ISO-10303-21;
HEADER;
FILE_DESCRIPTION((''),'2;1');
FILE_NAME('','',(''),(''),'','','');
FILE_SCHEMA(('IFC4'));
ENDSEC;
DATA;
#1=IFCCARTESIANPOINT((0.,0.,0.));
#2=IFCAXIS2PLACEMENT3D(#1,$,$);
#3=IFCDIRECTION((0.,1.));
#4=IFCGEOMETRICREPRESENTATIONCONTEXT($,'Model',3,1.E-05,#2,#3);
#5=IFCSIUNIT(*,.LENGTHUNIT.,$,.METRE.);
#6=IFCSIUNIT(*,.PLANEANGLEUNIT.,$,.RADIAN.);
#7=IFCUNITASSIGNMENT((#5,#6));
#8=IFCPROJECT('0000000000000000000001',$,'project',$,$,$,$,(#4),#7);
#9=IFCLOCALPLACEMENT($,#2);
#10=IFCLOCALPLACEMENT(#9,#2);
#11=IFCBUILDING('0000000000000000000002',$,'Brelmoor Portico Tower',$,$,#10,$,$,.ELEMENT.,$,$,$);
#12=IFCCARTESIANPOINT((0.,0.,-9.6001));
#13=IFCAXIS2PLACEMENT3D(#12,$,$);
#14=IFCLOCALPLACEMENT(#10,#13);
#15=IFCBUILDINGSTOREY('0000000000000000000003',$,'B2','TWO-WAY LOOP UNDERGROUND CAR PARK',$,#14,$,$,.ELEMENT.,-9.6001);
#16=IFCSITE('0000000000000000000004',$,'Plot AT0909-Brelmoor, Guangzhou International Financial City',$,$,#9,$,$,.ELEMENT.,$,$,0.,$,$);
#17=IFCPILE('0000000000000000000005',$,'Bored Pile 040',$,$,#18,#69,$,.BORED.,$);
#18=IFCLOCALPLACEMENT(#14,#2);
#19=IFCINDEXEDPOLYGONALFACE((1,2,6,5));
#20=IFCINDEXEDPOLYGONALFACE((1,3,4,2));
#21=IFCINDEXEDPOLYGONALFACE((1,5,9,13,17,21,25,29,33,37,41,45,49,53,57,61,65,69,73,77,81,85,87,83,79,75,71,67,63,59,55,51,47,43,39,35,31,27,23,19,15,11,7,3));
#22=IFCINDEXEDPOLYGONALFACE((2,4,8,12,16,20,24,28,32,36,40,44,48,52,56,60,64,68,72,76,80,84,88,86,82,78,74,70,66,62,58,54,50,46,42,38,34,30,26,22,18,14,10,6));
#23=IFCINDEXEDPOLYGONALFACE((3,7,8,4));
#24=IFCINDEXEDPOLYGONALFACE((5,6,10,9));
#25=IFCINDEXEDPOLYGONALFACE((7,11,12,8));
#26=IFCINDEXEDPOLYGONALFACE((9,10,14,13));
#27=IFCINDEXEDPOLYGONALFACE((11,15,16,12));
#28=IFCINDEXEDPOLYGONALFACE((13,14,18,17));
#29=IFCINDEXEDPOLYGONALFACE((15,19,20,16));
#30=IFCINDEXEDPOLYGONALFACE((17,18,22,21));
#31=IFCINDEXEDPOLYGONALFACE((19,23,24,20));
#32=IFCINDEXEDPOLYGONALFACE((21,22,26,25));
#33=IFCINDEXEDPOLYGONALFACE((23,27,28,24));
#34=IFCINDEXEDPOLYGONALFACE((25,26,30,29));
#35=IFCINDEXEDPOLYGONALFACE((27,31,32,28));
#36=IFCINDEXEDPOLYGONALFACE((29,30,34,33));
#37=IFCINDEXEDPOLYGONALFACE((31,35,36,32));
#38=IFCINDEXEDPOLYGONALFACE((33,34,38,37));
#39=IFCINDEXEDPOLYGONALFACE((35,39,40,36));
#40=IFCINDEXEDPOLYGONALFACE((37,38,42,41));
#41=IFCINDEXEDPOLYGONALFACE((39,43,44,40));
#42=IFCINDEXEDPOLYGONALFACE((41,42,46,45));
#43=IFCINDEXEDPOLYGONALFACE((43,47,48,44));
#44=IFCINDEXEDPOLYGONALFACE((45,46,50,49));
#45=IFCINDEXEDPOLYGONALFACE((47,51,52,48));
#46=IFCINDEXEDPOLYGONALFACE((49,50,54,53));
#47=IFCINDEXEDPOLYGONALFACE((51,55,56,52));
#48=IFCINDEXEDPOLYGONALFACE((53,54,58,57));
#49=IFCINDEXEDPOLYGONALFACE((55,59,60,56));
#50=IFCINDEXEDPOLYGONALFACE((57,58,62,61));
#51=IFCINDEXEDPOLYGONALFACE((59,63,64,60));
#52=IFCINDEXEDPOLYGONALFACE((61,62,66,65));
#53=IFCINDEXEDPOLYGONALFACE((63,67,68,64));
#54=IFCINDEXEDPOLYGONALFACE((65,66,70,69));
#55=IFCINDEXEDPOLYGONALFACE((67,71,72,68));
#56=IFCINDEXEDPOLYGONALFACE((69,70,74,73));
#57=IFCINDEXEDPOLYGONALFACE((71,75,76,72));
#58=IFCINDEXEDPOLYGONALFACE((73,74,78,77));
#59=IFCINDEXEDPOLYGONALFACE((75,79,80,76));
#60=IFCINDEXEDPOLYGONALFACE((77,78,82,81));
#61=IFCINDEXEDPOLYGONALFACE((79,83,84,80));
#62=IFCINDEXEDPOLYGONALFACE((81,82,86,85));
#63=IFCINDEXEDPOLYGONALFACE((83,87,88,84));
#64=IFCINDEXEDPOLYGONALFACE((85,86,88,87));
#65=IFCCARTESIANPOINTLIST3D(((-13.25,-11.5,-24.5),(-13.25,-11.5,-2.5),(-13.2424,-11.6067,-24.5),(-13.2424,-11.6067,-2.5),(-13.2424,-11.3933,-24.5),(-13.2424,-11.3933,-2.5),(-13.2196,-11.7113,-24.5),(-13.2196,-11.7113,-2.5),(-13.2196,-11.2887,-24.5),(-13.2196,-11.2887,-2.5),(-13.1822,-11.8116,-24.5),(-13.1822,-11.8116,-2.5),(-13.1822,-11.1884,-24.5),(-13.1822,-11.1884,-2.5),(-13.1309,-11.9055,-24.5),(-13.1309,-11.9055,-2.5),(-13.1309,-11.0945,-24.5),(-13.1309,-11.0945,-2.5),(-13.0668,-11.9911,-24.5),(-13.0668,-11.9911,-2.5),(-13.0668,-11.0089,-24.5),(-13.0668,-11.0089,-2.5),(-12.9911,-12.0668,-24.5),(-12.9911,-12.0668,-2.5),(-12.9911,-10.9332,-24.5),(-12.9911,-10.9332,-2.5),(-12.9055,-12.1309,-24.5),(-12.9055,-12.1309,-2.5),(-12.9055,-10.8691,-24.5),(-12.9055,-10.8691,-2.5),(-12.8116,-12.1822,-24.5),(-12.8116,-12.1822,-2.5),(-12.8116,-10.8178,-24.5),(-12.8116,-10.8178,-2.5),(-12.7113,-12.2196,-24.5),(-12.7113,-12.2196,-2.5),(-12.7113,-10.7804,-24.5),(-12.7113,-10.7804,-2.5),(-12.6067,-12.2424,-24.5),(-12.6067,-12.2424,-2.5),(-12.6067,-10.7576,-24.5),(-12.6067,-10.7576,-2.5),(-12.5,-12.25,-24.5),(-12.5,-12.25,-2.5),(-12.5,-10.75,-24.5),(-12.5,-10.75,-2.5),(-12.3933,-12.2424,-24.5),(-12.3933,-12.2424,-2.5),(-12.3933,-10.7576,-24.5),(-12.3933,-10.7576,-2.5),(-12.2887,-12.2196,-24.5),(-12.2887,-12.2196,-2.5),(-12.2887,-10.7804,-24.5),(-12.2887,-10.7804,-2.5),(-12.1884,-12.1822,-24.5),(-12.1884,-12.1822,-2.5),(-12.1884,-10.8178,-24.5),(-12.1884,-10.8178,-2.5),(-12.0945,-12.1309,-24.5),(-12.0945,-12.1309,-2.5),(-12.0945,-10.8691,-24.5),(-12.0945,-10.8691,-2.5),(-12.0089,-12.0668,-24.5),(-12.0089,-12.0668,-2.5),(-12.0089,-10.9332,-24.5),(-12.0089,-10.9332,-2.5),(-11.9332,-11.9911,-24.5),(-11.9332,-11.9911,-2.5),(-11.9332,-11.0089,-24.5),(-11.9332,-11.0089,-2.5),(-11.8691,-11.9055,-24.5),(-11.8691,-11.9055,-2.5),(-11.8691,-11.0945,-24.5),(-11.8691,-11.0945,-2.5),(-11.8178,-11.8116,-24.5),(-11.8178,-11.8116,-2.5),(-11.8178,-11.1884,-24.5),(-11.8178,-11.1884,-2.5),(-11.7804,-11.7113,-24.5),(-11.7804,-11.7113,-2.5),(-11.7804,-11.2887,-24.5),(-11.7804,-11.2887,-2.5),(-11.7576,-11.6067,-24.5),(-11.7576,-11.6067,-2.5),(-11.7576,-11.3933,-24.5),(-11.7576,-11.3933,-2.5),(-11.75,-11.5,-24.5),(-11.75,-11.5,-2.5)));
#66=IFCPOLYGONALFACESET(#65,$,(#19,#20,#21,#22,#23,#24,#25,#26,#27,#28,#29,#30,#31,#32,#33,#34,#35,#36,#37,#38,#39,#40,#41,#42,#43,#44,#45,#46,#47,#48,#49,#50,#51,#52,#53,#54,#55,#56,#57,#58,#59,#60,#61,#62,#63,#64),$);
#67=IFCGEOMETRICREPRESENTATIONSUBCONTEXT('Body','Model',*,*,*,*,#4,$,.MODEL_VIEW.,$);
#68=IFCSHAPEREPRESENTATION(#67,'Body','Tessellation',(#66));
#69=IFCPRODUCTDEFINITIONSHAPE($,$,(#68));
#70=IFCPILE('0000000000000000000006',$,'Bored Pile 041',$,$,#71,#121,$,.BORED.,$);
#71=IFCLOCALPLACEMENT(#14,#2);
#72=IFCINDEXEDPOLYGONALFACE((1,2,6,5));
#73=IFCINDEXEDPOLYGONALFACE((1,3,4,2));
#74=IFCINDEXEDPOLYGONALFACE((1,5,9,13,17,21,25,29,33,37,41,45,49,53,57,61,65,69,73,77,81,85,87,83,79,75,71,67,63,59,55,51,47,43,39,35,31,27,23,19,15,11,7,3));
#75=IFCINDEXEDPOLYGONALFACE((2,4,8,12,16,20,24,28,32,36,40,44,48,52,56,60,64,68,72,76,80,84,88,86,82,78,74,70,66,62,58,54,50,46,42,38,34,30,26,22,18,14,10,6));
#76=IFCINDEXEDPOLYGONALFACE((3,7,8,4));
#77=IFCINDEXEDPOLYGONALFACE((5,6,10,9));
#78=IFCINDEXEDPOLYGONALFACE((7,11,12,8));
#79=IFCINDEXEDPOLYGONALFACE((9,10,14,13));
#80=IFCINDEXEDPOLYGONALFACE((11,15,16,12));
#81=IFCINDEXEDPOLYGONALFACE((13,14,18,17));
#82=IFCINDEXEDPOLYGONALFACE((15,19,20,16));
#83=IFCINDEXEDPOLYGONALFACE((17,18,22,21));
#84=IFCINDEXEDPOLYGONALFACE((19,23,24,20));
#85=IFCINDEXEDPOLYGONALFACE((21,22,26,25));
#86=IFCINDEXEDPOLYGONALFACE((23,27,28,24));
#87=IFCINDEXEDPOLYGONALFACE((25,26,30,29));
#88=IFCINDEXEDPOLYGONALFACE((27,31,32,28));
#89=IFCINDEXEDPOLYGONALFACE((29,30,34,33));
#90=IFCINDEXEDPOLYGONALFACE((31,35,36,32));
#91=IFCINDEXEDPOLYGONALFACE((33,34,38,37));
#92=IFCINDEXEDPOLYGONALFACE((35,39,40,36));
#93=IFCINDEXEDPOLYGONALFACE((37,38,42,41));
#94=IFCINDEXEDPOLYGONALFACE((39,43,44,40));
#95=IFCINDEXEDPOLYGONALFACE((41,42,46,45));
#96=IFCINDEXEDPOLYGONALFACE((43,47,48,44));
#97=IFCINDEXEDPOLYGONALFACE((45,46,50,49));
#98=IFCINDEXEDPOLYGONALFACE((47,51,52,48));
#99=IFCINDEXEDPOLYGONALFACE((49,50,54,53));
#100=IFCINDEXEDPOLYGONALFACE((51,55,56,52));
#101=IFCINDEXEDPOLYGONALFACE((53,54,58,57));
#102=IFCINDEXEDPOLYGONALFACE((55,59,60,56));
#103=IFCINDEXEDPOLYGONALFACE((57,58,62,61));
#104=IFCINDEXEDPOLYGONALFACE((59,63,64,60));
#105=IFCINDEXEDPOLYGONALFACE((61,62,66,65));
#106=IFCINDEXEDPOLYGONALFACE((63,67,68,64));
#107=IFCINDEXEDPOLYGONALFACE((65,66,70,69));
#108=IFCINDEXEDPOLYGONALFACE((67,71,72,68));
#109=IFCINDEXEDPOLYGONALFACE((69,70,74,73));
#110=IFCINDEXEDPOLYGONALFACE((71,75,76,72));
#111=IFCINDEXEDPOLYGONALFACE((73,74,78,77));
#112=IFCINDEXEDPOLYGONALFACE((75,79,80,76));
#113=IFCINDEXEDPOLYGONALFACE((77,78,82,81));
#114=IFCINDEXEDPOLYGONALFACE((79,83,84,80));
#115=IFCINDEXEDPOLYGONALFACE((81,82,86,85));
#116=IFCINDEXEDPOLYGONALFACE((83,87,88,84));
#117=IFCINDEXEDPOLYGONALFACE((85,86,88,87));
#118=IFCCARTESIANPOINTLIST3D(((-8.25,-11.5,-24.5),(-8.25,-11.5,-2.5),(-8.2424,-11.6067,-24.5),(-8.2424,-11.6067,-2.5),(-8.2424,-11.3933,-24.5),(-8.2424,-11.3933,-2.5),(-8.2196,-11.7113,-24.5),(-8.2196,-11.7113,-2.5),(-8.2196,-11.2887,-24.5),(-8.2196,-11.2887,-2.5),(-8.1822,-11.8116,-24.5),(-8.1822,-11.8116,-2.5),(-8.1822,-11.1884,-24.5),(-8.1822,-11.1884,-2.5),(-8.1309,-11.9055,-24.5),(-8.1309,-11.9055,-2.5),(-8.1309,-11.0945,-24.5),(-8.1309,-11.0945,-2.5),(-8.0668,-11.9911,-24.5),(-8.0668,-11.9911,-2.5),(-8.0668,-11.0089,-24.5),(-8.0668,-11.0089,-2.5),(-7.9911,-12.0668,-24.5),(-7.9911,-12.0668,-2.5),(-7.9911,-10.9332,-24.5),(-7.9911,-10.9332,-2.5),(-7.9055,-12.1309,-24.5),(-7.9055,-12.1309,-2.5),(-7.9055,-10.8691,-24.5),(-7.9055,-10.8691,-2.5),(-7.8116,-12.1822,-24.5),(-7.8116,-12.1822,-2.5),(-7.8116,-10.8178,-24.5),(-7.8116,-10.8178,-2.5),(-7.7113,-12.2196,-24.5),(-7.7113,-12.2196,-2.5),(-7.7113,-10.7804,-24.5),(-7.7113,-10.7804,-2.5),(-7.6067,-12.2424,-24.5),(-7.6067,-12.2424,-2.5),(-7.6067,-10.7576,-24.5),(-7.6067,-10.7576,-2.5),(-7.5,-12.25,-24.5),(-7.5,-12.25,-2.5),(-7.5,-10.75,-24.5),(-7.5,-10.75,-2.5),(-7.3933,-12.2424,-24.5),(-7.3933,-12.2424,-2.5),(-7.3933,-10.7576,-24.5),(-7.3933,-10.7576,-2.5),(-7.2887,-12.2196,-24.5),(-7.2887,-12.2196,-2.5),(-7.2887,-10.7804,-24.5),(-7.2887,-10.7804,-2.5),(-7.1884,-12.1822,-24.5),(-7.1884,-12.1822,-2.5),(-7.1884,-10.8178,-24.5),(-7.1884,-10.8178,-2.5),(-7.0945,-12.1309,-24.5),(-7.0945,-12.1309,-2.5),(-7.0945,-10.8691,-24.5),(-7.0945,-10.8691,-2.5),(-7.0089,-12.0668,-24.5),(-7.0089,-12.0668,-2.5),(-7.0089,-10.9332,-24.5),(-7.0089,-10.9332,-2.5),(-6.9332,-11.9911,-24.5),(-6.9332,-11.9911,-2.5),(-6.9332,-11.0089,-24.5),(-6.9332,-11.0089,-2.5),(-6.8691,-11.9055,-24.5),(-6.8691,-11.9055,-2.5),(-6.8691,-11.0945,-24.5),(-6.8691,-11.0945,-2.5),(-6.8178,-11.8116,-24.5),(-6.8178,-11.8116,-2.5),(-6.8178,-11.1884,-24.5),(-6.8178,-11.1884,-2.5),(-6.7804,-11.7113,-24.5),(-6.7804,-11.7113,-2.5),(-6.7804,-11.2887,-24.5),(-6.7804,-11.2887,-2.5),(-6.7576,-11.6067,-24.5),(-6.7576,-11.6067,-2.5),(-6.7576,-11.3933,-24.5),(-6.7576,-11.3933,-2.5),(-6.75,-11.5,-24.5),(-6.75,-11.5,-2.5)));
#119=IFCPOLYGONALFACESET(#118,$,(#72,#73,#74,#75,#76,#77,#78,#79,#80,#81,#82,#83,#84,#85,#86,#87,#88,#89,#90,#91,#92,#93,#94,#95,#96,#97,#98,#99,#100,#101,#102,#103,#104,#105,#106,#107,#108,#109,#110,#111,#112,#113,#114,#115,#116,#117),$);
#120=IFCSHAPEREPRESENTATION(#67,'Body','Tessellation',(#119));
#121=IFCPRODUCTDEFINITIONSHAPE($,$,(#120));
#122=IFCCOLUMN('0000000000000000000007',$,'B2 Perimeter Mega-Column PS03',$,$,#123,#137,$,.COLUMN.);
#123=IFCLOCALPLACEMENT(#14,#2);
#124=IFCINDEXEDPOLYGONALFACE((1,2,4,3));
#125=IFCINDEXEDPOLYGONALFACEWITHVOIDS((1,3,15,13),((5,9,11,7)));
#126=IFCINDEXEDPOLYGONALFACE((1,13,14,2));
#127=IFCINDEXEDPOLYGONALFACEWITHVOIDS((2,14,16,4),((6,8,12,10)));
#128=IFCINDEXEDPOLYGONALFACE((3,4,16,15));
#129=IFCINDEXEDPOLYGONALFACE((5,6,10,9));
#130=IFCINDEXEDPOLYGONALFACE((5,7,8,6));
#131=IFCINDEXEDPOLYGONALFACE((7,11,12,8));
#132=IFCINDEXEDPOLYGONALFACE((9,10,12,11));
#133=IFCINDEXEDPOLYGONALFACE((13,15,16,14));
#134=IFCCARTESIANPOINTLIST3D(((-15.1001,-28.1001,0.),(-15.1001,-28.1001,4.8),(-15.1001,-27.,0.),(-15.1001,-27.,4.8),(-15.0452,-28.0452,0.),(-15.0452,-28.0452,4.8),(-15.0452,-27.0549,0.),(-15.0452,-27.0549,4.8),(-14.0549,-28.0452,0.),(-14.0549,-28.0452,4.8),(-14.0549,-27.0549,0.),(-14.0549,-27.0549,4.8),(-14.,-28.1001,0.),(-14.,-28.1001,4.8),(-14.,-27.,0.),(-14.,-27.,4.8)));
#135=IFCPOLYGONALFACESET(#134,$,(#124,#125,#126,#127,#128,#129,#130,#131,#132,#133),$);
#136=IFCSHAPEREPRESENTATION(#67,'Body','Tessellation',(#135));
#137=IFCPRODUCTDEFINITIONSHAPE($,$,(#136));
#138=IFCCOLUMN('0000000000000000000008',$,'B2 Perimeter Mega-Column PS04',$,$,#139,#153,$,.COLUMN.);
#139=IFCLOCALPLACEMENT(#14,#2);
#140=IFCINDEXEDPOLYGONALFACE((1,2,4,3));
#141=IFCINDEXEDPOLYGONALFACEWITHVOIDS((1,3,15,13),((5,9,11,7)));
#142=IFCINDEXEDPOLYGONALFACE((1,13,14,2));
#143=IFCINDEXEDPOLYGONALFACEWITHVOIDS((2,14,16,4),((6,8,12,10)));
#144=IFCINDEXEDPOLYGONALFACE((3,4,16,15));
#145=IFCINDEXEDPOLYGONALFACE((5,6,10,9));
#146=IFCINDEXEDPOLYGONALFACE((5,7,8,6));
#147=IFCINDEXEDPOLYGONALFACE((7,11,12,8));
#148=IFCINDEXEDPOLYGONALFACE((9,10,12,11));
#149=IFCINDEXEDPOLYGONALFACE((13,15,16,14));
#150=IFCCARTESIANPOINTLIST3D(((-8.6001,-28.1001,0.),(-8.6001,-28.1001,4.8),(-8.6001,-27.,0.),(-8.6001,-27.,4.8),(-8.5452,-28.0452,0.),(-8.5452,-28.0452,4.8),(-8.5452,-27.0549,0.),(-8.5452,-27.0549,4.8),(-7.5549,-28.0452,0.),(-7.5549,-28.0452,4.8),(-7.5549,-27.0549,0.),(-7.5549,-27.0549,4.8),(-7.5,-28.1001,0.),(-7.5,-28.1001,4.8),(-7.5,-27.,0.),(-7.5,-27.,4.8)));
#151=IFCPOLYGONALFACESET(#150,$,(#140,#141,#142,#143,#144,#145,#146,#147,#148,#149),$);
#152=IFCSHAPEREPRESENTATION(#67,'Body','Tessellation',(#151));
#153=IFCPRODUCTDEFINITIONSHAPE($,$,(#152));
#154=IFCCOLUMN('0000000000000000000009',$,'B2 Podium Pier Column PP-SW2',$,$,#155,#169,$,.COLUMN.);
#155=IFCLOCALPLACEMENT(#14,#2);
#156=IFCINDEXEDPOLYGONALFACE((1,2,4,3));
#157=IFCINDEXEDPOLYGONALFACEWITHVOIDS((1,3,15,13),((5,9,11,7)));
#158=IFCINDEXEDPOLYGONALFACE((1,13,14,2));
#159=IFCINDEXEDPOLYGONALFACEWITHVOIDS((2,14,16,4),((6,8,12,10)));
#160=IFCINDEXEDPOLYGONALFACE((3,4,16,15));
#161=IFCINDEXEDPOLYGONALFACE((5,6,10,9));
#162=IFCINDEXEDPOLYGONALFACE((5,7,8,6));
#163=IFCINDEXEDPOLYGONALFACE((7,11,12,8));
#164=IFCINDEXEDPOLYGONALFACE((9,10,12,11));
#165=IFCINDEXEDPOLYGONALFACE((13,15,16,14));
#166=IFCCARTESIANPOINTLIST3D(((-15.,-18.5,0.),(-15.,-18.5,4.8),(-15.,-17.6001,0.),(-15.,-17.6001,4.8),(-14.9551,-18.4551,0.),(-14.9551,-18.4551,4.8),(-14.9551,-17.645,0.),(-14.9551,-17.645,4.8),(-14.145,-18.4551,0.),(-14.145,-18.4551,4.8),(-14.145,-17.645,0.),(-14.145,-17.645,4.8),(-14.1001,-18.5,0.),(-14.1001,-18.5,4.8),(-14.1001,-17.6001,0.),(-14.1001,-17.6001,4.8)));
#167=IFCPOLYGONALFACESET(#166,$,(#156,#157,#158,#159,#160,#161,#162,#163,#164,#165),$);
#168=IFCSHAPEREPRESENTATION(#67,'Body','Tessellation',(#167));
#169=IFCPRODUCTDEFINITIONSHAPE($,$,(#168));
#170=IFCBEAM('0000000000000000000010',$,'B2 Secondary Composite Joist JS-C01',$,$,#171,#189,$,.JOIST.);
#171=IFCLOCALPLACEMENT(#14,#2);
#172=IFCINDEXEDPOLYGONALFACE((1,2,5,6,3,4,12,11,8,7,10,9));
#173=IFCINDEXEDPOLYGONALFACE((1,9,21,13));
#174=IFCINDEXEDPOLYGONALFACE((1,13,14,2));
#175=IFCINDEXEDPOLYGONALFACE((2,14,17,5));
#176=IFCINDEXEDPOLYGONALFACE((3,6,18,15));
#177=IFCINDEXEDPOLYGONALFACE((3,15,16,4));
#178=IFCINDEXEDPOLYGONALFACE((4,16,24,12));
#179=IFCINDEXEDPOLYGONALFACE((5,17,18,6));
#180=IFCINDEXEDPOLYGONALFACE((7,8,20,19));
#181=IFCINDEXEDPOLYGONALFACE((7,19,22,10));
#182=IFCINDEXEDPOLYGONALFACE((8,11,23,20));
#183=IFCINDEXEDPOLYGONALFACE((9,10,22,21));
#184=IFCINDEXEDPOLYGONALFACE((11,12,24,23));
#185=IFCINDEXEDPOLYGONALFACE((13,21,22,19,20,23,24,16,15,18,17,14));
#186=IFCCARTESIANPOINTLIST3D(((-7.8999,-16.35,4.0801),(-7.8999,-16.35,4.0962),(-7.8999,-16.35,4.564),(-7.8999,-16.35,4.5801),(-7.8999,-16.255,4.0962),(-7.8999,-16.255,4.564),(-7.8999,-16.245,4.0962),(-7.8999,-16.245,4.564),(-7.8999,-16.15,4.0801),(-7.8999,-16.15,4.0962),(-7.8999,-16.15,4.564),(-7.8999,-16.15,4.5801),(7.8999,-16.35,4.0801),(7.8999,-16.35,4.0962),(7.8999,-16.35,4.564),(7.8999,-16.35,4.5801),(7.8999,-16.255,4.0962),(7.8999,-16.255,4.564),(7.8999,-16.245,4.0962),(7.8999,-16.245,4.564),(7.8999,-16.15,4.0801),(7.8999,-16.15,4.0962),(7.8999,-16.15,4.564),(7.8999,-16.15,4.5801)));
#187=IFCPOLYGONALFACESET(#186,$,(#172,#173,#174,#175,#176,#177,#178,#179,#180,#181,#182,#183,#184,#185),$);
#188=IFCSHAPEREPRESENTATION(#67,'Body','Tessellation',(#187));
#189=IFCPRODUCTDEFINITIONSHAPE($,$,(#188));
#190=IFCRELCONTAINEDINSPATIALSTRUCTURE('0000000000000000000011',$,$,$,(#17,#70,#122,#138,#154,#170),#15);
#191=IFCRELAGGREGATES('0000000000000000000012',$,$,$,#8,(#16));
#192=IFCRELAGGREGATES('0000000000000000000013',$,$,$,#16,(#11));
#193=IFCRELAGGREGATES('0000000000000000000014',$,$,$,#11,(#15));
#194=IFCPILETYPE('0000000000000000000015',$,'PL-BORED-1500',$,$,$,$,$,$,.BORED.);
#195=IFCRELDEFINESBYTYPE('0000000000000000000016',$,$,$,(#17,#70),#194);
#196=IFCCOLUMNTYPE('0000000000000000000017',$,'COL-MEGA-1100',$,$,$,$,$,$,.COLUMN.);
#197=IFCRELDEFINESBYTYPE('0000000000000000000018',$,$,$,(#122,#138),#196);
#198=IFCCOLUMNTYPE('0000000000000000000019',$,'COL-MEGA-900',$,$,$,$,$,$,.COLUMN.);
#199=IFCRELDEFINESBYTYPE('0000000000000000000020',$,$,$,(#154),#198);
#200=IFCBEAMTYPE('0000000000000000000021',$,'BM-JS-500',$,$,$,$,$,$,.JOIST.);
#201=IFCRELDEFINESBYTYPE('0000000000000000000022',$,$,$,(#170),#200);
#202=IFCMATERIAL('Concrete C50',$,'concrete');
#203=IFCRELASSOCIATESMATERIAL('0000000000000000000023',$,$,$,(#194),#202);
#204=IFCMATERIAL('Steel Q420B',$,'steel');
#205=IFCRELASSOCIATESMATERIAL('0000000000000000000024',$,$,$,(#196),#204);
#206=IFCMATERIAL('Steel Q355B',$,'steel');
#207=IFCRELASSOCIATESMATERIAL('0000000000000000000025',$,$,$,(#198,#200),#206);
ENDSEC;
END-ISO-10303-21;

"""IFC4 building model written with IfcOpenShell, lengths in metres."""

from ifc_helpers import new_model, si_unit, direction, frame, origin, origin_2d, place, context, subcontext, project, spatial, hollow_rectangle, circle, i_section, extrude, material, material_profile, profile_set, type_object, element, save


model = new_model("IFC4")

# Units and contexts
model_context = context("Model", 3, precision=1e-05, world=origin(), true_north=direction((0.0, 1.0)))
body_context = subcontext(model_context, "Body", "Model", "MODEL_VIEW")
ifc_project = project(units=[si_unit("LENGTHUNIT", "METRE"), si_unit("PLANEANGLEUNIT", "RADIAN")], contexts=[model_context])

# Site, building, storey
site_placement = place(None, origin())
site = spatial("IfcSite", under=ifc_project, at=site_placement, Name="Plot AT0909-Brelmoor, Guangzhou International Financial City", CompositionType="ELEMENT", RefElevation=0.0)
building_placement = place(site_placement, origin())
building = spatial("IfcBuilding", under=site, at=building_placement, Name="Brelmoor Portico Tower", CompositionType="ELEMENT")
storey_placement = place(building_placement, frame((0.0, 0.0, -9.6001)))
storey = spatial("IfcBuildingStorey", under=building, at=storey_placement, Name="B2", Description="TWO-WAY LOOP UNDERGROUND CAR PARK", CompositionType="ELEMENT", Elevation=-9.6001)

# Shared definitions
ifc_material_1 = material(Name="Concrete C50", Category="concrete")

# Piles
ifc_material_profile_1 = material_profile(ifc_material_1, circle(Radius=0.75, at=origin_2d()), Name="BORED PILE D1500")
ifc_profile_set_1 = profile_set([ifc_material_profile_1], Name="Concrete C50")
pile_type_1 = type_object("IfcPileType", Name="PL-BORED-1500", PredefinedType="BORED", material=ifc_profile_set_1)
for number, where, z_axis, x_axis, name in (
    (1, (-12.5, -11.5, -2.5), (0.0, 0.0, -1.0), (1.0, 0.0, 0.0), "Bored Pile 040"),
    (2, (-7.5, -11.5, -2.5), (0.0, 0.0, -1.0), (1.0, 0.0, 0.0), "Bored Pile 041"),
):
    element("IfcPile", number, at=place(storey_placement, frame(where, z_axis=z_axis, x_axis=x_axis)), inside=storey, type_object=pile_type_1, Name=name, PredefinedType="BORED", context=body_context, shape_type="SweptSolid", body=[
        extrude(circle(Radius=0.75, at=origin_2d()), origin(), (0.0, 0.0, 1.0), 22.0),
    ])

# Columns
ifc_material_2 = material(Name="Steel Q420B", Category="steel")
ifc_material_profile_2 = material_profile(ifc_material_2, hollow_rectangle(XDim=1.1001, YDim=1.1001, WallThickness=0.0549, at=origin_2d()), Name="BOX 1100x1100x55")
ifc_profile_set_2 = profile_set([ifc_material_profile_2], Name="Steel Q420B")
column_type_1 = type_object("IfcColumnType", Name="COL-MEGA-1100", PredefinedType="COLUMN", material=ifc_profile_set_2)
for number, where, z_axis, x_axis, name in (
    (3, (-14.55, -27.55, 0.0), (0.0, 0.0, 1.0), (1.0, 0.0, 0.0), "B2 Perimeter Mega-Column PS03"),
    (4, (-8.05, -27.55, 0.0), (0.0, 0.0, 1.0), (1.0, 0.0, 0.0), "B2 Perimeter Mega-Column PS04"),
):
    element("IfcColumn", number, at=place(storey_placement, frame(where, z_axis=z_axis, x_axis=x_axis)), inside=storey, type_object=column_type_1, Name=name, PredefinedType="COLUMN", context=body_context, shape_type="SweptSolid", body=[
        extrude(hollow_rectangle(XDim=1.1001, YDim=1.1001, WallThickness=0.0549, at=origin_2d()), origin(), (0.0, 0.0, 1.0), 4.8),
    ])
ifc_material_3 = material(Name="Steel Q355B", Category="steel")
ifc_material_profile_3 = material_profile(ifc_material_3, hollow_rectangle(XDim=0.8999, YDim=0.8999, WallThickness=0.0449, at=origin_2d()), Name="BOX 900x900x45")
ifc_profile_set_3 = profile_set([ifc_material_profile_3], Name="Steel Q355B")
column_type_2 = type_object("IfcColumnType", Name="COL-MEGA-900", PredefinedType="COLUMN", material=ifc_profile_set_3)
column_placement = place(storey_placement, frame((-14.55, -18.05, 0.0), z_axis=(0.0, 0.0, 1.0), x_axis=(1.0, 0.0, 0.0)))
element("IfcColumn", 5, at=column_placement, inside=storey, type_object=column_type_2, Name="B2 Podium Pier Column PP-SW2", PredefinedType="COLUMN", context=body_context, shape_type="SweptSolid", body=[
    extrude(hollow_rectangle(XDim=0.8999, YDim=0.8999, WallThickness=0.0449, at=origin_2d()), origin(), (0.0, 0.0, 1.0), 4.8),
])

# Beam
ifc_material_profile_4 = material_profile(ifc_material_3, i_section(OverallWidth=0.2, OverallDepth=0.5, WebThickness=0.01, FlangeThickness=0.0161, at=origin_2d()), Name="HN 500x200x10x16")
ifc_profile_set_4 = profile_set([ifc_material_profile_4], Name="Steel Q355B")
beam_type_1 = type_object("IfcBeamType", Name="BM-JS-500", PredefinedType="JOIST", material=ifc_profile_set_4)
for number, where, z_axis, x_axis, name in (
    (6, (-7.8999, -16.25, 4.3301), (1.0, 0.0, 0.0), (0.0, 1.0, 0.0), "B2 Secondary Composite Joist JS-C01"),
):
    element("IfcBeam", number, at=place(storey_placement, frame(where, z_axis=z_axis, x_axis=x_axis)), inside=storey, type_object=beam_type_1, Name=name, PredefinedType="JOIST", context=body_context, shape_type="SweptSolid", body=[
        extrude(i_section(OverallWidth=0.2, OverallDepth=0.5, WebThickness=0.01, FlangeThickness=0.0161, at=origin_2d()), origin(), (0.0, 0.0, 1.0), 15.7998),
    ])

save(model, "model.ifc")
